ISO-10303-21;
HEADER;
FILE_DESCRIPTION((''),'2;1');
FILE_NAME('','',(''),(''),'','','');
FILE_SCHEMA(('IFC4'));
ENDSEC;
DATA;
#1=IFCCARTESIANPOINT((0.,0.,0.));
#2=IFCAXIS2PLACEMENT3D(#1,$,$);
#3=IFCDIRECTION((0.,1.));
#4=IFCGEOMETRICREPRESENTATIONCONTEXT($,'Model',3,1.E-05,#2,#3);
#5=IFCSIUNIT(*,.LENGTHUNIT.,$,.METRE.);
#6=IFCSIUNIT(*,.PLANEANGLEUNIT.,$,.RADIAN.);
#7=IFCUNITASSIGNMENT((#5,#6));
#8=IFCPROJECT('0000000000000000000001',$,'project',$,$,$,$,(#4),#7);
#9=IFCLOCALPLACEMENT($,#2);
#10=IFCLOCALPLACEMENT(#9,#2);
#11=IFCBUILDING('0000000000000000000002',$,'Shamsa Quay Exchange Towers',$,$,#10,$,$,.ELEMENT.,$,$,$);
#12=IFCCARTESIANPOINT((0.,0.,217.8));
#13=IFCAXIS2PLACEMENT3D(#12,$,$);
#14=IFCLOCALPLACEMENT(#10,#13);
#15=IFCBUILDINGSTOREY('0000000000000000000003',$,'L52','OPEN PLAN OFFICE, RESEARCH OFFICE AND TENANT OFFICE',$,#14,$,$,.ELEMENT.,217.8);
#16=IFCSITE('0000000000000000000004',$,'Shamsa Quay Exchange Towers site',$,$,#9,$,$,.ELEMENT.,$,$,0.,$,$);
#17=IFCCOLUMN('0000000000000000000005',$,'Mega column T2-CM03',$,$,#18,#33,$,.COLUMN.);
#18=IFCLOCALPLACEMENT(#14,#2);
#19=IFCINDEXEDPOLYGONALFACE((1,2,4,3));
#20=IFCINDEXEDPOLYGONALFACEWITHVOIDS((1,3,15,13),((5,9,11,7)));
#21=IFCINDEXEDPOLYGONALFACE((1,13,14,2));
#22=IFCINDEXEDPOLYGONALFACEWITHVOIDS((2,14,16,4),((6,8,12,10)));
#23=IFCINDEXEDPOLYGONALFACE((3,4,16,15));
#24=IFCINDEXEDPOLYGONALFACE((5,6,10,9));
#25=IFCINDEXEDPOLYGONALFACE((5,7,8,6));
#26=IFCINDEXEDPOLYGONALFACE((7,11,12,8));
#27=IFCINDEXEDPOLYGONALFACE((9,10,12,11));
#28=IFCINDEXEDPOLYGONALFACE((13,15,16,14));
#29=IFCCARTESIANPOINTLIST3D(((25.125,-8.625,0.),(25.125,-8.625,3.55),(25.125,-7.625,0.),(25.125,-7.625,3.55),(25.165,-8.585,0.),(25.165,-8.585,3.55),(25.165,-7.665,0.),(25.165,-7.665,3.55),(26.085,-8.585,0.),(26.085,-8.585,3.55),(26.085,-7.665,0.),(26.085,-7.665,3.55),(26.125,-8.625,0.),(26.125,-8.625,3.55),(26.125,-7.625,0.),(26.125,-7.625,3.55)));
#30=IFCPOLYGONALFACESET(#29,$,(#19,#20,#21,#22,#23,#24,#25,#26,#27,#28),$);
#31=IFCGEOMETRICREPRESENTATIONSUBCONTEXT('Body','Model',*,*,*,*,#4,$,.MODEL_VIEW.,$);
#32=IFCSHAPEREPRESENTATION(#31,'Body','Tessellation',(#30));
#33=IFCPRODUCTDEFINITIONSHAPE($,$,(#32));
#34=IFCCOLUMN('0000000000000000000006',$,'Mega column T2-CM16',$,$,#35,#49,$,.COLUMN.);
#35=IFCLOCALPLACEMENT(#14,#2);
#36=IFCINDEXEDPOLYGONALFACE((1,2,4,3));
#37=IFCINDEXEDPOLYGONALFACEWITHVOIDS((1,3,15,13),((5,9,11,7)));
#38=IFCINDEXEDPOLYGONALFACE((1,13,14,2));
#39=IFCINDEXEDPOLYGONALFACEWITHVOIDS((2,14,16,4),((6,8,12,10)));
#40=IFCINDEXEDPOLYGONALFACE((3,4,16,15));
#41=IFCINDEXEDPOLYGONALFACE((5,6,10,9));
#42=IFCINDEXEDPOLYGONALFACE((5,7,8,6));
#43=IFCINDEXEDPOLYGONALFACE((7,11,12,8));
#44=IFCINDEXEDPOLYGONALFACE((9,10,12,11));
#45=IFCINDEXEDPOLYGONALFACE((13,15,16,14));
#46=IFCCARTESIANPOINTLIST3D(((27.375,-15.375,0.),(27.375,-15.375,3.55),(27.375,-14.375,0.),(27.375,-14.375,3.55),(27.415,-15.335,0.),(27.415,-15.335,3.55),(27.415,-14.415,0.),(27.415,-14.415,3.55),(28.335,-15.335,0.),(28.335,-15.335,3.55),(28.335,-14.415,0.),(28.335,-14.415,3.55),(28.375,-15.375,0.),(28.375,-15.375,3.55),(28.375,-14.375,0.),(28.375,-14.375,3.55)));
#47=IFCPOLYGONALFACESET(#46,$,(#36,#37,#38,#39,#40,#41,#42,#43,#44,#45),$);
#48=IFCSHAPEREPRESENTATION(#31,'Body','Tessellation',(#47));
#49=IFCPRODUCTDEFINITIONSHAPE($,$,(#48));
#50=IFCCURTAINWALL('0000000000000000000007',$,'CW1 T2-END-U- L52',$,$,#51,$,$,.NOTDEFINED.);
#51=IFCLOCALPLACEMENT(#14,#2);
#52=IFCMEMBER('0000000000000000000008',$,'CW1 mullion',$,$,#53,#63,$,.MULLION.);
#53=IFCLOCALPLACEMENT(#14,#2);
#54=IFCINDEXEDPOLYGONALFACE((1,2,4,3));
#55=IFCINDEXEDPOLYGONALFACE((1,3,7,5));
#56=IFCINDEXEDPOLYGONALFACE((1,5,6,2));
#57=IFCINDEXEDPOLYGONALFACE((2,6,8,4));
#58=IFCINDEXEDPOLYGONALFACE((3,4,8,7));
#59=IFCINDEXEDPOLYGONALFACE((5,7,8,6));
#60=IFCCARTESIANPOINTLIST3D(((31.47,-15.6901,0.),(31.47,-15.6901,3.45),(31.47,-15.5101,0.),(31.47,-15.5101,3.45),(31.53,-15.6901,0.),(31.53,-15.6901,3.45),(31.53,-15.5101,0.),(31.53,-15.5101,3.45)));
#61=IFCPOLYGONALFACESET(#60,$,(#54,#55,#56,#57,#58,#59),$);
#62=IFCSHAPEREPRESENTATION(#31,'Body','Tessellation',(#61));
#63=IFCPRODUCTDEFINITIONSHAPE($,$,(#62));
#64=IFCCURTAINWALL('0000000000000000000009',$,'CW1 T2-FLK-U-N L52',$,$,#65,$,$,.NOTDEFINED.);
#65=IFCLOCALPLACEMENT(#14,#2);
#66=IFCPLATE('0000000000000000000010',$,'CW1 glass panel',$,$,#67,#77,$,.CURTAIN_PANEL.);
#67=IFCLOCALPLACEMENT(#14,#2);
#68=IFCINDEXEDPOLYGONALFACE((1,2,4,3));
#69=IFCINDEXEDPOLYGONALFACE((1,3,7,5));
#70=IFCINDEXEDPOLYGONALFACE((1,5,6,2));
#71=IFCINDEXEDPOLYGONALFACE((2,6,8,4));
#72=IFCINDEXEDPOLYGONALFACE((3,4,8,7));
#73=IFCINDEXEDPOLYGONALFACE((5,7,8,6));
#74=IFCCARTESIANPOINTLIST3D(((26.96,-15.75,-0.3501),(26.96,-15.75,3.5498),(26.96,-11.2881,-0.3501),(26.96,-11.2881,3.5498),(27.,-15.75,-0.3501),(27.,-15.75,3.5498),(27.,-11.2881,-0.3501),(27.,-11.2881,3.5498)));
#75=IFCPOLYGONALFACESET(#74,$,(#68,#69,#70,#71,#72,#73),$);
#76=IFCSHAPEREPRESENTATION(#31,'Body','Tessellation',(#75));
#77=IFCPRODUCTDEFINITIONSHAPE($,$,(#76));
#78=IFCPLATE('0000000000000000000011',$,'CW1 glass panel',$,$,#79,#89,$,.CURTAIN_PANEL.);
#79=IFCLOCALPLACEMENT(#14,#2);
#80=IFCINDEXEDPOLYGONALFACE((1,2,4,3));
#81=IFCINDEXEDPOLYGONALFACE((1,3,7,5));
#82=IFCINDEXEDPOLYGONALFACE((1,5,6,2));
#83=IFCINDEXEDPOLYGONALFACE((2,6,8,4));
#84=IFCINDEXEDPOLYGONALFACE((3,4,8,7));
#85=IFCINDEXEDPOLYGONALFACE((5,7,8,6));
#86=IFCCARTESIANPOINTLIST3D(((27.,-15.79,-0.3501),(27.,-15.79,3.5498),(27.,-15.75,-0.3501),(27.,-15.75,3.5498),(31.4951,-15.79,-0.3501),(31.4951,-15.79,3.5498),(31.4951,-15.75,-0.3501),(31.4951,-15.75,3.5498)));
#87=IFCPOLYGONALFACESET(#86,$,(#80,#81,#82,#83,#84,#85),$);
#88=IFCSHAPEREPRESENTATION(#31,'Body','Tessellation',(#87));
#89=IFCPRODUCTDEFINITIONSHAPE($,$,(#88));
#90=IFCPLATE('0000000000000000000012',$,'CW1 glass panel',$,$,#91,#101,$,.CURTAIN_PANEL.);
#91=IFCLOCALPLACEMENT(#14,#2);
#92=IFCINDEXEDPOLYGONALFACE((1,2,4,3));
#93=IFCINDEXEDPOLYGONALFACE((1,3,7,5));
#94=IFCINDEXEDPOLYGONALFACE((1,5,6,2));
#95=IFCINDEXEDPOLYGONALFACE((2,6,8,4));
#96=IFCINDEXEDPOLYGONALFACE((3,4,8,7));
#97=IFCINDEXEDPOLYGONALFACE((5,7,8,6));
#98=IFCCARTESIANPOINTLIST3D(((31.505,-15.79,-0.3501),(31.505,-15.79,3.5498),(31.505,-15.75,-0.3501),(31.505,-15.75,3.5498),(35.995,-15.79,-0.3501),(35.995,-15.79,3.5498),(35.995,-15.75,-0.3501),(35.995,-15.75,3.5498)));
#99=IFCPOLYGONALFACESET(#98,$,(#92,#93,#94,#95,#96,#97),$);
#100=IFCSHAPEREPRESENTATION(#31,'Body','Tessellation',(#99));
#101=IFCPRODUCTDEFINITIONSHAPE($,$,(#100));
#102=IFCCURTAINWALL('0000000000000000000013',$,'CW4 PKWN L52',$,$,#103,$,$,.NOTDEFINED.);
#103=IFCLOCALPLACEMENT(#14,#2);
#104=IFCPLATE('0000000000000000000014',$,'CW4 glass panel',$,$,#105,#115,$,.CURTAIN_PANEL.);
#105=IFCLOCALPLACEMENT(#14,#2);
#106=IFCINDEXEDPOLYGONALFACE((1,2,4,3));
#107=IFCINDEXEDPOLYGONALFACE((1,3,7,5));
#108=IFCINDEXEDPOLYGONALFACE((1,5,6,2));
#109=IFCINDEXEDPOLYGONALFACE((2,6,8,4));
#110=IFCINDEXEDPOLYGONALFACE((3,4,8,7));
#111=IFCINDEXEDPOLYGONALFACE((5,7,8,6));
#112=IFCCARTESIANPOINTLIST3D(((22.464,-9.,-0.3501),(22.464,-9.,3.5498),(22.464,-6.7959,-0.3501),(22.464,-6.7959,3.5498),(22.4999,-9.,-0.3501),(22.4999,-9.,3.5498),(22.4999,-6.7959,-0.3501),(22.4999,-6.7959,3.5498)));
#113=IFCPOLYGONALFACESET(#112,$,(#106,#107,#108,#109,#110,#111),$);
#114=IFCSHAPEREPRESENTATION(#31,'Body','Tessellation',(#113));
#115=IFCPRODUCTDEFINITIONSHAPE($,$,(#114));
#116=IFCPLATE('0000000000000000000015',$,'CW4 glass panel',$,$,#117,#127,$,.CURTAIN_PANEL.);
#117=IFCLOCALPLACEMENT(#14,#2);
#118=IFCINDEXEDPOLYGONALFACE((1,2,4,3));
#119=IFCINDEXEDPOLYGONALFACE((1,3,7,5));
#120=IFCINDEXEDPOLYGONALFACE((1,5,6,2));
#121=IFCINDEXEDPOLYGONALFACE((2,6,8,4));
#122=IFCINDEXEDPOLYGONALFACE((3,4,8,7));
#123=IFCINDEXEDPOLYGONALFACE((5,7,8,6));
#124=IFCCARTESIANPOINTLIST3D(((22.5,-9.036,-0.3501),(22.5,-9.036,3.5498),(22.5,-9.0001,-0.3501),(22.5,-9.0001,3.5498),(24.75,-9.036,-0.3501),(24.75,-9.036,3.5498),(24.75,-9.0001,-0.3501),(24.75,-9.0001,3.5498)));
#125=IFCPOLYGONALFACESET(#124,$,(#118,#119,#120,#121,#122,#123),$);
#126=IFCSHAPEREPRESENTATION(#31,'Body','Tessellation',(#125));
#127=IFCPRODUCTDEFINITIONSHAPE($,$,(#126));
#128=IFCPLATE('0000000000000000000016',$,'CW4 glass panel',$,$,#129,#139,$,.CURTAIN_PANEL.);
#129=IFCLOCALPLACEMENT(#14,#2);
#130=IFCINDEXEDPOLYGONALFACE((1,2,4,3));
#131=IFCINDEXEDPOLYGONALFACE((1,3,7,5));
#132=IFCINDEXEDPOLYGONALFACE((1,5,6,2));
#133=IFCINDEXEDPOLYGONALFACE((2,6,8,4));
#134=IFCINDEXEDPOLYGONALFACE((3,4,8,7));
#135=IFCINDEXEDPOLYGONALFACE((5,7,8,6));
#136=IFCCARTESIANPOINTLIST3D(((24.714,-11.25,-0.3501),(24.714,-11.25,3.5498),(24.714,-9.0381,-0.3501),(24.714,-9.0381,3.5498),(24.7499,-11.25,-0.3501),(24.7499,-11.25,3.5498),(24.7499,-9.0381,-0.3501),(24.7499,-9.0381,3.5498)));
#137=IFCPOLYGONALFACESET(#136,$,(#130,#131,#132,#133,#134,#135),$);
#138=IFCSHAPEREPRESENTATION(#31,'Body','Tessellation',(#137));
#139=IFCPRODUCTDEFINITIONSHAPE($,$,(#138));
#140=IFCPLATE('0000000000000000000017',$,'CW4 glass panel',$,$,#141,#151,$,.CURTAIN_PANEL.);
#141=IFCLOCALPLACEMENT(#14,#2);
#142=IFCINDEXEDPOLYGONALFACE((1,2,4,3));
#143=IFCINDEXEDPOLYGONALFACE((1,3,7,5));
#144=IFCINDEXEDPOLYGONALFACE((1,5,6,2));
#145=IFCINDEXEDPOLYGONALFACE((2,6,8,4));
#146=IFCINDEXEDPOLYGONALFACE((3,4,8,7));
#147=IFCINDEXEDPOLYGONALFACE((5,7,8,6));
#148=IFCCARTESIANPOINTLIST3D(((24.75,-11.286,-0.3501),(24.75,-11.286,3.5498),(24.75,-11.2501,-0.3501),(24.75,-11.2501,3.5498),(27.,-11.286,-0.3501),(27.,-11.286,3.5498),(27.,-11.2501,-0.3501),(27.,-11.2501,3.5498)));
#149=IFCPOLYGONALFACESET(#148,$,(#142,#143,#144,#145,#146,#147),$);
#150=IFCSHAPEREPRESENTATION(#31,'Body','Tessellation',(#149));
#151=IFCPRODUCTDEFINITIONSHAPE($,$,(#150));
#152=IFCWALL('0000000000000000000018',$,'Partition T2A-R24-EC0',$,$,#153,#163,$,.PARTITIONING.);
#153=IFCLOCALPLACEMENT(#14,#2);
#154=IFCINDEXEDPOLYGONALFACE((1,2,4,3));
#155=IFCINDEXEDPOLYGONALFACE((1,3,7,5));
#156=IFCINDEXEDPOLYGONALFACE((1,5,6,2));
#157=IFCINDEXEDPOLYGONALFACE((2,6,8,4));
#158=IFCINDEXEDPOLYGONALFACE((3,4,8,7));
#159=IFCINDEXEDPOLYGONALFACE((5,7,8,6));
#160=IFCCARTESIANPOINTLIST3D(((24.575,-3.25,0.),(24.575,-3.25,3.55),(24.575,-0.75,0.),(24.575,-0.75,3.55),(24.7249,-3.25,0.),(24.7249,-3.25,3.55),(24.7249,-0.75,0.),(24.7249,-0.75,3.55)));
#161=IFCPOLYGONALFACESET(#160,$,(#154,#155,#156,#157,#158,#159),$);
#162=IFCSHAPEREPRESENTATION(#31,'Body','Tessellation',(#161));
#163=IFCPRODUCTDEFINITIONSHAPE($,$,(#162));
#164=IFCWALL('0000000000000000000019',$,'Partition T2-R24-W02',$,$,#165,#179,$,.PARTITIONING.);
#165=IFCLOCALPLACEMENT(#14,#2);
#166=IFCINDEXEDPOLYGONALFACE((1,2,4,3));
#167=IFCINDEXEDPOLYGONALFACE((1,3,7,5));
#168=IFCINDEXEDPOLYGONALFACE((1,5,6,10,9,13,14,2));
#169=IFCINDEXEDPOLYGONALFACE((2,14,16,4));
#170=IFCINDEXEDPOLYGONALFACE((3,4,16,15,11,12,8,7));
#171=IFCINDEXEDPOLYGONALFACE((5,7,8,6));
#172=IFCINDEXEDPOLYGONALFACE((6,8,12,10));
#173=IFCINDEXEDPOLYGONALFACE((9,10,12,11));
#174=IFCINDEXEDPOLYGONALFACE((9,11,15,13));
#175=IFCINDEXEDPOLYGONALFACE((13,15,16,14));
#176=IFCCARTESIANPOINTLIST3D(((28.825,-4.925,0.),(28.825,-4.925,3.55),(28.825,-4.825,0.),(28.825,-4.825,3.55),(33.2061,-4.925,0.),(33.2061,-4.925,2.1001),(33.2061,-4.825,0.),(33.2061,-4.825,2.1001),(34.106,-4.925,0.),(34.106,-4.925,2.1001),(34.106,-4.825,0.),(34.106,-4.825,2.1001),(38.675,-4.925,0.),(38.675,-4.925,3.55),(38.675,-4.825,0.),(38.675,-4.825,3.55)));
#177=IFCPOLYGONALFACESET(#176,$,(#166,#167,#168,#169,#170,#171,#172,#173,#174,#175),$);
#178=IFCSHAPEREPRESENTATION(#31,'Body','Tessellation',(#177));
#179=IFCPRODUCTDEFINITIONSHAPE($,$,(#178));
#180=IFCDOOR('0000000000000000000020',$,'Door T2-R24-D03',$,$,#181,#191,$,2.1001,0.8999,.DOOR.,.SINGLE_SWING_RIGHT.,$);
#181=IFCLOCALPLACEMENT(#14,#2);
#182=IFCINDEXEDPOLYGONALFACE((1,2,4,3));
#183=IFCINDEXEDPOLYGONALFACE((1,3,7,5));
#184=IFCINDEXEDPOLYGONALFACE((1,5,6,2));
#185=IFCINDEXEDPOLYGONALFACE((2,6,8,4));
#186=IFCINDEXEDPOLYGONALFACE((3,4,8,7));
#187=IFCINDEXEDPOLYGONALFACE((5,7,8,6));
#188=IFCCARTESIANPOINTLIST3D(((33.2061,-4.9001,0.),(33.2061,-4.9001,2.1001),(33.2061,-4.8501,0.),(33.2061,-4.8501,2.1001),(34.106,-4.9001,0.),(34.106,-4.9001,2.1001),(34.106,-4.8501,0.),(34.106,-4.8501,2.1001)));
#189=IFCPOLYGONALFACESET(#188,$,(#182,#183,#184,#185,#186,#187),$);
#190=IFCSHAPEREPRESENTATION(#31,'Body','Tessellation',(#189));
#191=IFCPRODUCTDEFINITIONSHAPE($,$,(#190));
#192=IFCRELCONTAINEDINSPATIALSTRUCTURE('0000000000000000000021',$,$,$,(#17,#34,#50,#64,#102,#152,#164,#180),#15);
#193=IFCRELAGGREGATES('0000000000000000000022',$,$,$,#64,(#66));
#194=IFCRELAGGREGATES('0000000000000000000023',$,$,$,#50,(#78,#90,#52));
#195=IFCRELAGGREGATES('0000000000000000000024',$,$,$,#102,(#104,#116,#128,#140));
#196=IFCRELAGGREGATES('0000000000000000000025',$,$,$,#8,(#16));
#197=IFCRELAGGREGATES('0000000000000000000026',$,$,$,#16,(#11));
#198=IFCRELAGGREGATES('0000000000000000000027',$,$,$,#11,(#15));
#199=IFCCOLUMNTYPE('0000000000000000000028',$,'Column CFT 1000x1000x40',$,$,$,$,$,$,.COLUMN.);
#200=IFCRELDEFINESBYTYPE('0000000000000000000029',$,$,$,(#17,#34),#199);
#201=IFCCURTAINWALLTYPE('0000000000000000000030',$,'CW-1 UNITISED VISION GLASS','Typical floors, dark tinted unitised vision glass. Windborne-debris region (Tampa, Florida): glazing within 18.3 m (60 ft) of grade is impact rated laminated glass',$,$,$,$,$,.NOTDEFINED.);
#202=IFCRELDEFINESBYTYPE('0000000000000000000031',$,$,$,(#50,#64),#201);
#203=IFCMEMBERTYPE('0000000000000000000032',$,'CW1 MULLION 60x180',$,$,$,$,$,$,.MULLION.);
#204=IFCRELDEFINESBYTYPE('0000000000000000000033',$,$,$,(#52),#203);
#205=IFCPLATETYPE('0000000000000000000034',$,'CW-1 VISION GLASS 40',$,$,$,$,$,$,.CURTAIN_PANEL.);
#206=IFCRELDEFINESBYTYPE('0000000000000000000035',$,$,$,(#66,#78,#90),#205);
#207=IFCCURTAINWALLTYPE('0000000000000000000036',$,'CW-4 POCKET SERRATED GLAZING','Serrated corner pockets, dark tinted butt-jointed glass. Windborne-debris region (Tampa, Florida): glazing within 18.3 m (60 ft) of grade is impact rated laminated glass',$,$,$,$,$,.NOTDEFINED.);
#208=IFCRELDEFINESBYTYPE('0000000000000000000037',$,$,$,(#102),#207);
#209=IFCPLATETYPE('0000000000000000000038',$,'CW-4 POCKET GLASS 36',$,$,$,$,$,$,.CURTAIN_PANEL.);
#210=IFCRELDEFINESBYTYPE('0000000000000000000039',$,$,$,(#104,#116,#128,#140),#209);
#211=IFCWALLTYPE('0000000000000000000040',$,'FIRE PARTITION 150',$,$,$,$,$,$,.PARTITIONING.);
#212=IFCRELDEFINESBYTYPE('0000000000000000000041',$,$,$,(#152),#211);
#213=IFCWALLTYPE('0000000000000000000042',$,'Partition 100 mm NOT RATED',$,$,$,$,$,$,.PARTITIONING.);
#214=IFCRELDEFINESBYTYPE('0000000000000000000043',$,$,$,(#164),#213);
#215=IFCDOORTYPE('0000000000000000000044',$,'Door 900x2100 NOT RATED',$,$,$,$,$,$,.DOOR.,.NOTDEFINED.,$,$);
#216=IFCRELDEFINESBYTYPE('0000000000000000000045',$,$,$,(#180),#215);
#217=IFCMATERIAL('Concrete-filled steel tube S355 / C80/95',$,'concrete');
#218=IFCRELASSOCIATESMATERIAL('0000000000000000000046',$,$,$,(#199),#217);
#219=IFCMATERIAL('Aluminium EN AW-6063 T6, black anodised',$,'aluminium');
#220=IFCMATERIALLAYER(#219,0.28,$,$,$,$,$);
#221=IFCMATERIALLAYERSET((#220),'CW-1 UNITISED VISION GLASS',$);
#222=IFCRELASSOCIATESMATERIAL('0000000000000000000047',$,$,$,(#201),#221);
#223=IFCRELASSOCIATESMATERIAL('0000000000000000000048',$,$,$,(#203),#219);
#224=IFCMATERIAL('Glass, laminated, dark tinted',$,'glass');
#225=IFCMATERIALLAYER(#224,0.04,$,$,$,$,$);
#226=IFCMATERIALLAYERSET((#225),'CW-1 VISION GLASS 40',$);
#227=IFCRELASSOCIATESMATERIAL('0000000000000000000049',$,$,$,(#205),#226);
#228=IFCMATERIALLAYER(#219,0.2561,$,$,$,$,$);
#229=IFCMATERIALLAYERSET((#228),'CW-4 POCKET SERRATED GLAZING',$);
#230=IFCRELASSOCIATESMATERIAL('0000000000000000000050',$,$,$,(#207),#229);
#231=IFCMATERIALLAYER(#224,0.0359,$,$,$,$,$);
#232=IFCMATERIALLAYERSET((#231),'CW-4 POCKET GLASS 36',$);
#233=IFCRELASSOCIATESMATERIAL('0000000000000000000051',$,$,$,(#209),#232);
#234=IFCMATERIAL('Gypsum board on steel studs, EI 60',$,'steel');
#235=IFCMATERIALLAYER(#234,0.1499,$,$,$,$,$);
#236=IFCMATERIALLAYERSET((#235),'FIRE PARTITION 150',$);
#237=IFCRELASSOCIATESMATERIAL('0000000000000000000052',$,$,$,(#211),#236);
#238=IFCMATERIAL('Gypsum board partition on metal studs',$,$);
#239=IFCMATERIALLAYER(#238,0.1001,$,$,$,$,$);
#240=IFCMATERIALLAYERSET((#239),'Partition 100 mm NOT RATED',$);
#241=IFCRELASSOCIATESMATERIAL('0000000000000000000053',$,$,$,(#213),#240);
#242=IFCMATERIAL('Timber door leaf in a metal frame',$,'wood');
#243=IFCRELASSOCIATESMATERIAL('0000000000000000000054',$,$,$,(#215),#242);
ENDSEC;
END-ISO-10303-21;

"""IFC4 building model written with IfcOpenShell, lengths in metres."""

from ifc_helpers import new_model, si_unit, direction, frame, frame_2d, origin, origin_2d, place, context, subcontext, project, spatial, rectangle, hollow_rectangle, extrude, material, layer, layer_set, material_profile, profile_set, type_object, element, fill, aggregate, save


model = new_model("IFC4")

# Units and contexts
model_context = context("Model", 3, precision=1e-05, world=origin(), true_north=direction((0.0, 1.0)))
body_context = subcontext(model_context, "Body", "Model", "MODEL_VIEW")
ifc_project = project(units=[si_unit("LENGTHUNIT", "METRE"), si_unit("PLANEANGLEUNIT", "RADIAN")], contexts=[model_context])

# Site, building, storey
site_placement = place(None, origin())
site = spatial("IfcSite", under=ifc_project, at=site_placement, Name="Shamsa Quay Exchange Towers site", CompositionType="ELEMENT", RefElevation=0.0)
building_placement = place(site_placement, origin())
building = spatial("IfcBuilding", under=site, at=building_placement, Name="Shamsa Quay Exchange Towers", CompositionType="ELEMENT")
storey_placement = place(building_placement, frame((0.0, 0.0, 217.8)))
storey = spatial("IfcBuildingStorey", under=building, at=storey_placement, Name="L52", Description="OPEN PLAN OFFICE, RESEARCH OFFICE AND TENANT OFFICE", CompositionType="ELEMENT", Elevation=217.8)

# Columns
ifc_material_1 = material(Name="Concrete-filled steel tube S355 / C80/95", Category="concrete")
ifc_material_profile_1 = material_profile(ifc_material_1, hollow_rectangle(XDim=1.0, YDim=1.0, WallThickness=0.04, at=origin_2d()), Name="CFT 1000x1000x40")
ifc_profile_set_1 = profile_set([ifc_material_profile_1], Name="Concrete-filled steel tube S355 / C80/95")
column_type = type_object("IfcColumnType", Name="Column CFT 1000x1000x40", PredefinedType="COLUMN", material=ifc_profile_set_1)
for number, where, name in (
    (1, (25.625, -8.125, 0.0), "Mega column T2-CM03"),
    (2, (27.875, -14.875, 0.0), "Mega column T2-CM16"),
):
    element("IfcColumn", number, at=place(storey_placement, frame(where)), inside=storey, type_object=column_type, Name=name, PredefinedType="COLUMN", context=body_context, shape_type="SweptSolid", body=[
        extrude(hollow_rectangle(XDim=1.0, YDim=1.0, WallThickness=0.04, at=origin_2d()), origin(), (0.0, 0.0, 1.0), 3.55),
    ])

# Curtain wall, member
ifc_material_2 = material(Name="Aluminium EN AW-6063 T6, black anodised", Category="aluminium")
ifc_layer_1 = layer(ifc_material_2, 0.28)
ifc_layer_set_1 = layer_set([ifc_layer_1], Name="CW-1 UNITISED VISION GLASS")
curtain_wall_type_1 = type_object("IfcCurtainWallType", Name="CW-1 UNITISED VISION GLASS", Description="Typical floors, dark tinted unitised vision glass. Windborne-debris region (Tampa, Florida): glazing within 18.3 m (60 ft) of grade is impact rated laminated glass", PredefinedType="NOTDEFINED", material=ifc_layer_set_1)
curtain_wall_1_placement = place(storey_placement, origin())
curtain_wall_1 = element("IfcCurtainWall", 3, at=curtain_wall_1_placement, inside=storey, type_object=curtain_wall_type_1, Name="CW1 T2-END-U- L52", PredefinedType="NOTDEFINED")
ifc_material_profile_2 = material_profile(ifc_material_2, rectangle(XDim=0.1799, YDim=0.0601, at=origin_2d()), Name="MU60x180")
ifc_profile_set_2 = profile_set([ifc_material_profile_2], Name="Aluminium EN AW-6063 T6, black anodised")
member_type = type_object("IfcMemberType", Name="CW1 MULLION 60x180", PredefinedType="MULLION", material=ifc_profile_set_2)
member_placement = place(storey_placement, frame((31.5, -15.6001, 0.0), z_axis=(0.0, 0.0, 1.0), x_axis=(0.0, 1.0, 0.0)))
member = element("IfcMember", 4, at=member_placement, type_object=member_type, Name="CW1 mullion", PredefinedType="MULLION", context=body_context, shape_type="SweptSolid", body=[
    extrude(rectangle(XDim=0.1799, YDim=0.0601, at=origin_2d()), origin(), (0.0, 0.0, 1.0), 3.45),
])

# Curtain wall, plate
curtain_wall_2_placement = place(storey_placement, origin())
curtain_wall_2 = element("IfcCurtainWall", 5, at=curtain_wall_2_placement, inside=storey, type_object=curtain_wall_type_1, Name="CW1 T2-FLK-U-N L52", PredefinedType="NOTDEFINED")
ifc_material_3 = material(Name="Glass, laminated, dark tinted", Category="glass")
ifc_layer_2 = layer(ifc_material_3, 0.04)
ifc_layer_set_2 = layer_set([ifc_layer_2], Name="CW-1 VISION GLASS 40")
plate_type_1 = type_object("IfcPlateType", Name="CW-1 VISION GLASS 40", PredefinedType="CURTAIN_PANEL", material=ifc_layer_set_2)
plate_1_placement = place(storey_placement, frame((26.98, -13.519, -0.3501), z_axis=(0.0, 0.0, 1.0), x_axis=(0.0, -1.0, 0.0)))
plate_1 = element("IfcPlate", 6, at=plate_1_placement, type_object=plate_type_1, Name="CW1 glass panel", PredefinedType="CURTAIN_PANEL", context=body_context, shape_type="SweptSolid", body=[
    extrude(rectangle(XDim=4.4619, YDim=0.04, at=origin_2d()), origin(), (0.0, 0.0, 1.0), 3.8999),
])
aggregate(curtain_wall_2, [plate_1])

# Plates
plate_2_placement = place(storey_placement, frame((29.2476, -15.77, -0.3501)))
plate_2 = element("IfcPlate", 7, at=plate_2_placement, type_object=plate_type_1, Name="CW1 glass panel", PredefinedType="CURTAIN_PANEL", context=body_context, shape_type="SweptSolid", body=[
    extrude(rectangle(XDim=4.4951, YDim=0.04, at=origin_2d()), origin(), (0.0, 0.0, 1.0), 3.8999),
])
plate_3_placement = place(storey_placement, frame((33.75, -15.77, -0.3501)))
plate_3 = element("IfcPlate", 8, at=plate_3_placement, type_object=plate_type_1, Name="CW1 glass panel", PredefinedType="CURTAIN_PANEL", context=body_context, shape_type="SweptSolid", body=[
    extrude(rectangle(XDim=4.49, YDim=0.04, at=origin_2d()), origin(), (0.0, 0.0, 1.0), 3.8999),
])
aggregate(curtain_wall_1, [plate_2, plate_3, member])

# Curtain wall, plates
ifc_layer_3 = layer(ifc_material_2, 0.2561)
ifc_layer_set_3 = layer_set([ifc_layer_3], Name="CW-4 POCKET SERRATED GLAZING")
curtain_wall_type_2 = type_object("IfcCurtainWallType", Name="CW-4 POCKET SERRATED GLAZING", Description="Serrated corner pockets, dark tinted butt-jointed glass. Windborne-debris region (Tampa, Florida): glazing within 18.3 m (60 ft) of grade is impact rated laminated glass", PredefinedType="NOTDEFINED", material=ifc_layer_set_3)
curtain_wall_3_placement = place(storey_placement, origin())
curtain_wall_3 = element("IfcCurtainWall", 9, at=curtain_wall_3_placement, inside=storey, type_object=curtain_wall_type_2, Name="CW4 PKWN L52", PredefinedType="NOTDEFINED")
ifc_layer_4 = layer(ifc_material_3, 0.0359)
ifc_layer_set_4 = layer_set([ifc_layer_4], Name="CW-4 POCKET GLASS 36")
plate_type_2 = type_object("IfcPlateType", Name="CW-4 POCKET GLASS 36", PredefinedType="CURTAIN_PANEL", material=ifc_layer_set_4)
plate_4_placement = place(storey_placement, frame((22.4819, -7.8979, -0.3501), z_axis=(0.0, 0.0, 1.0), x_axis=(0.0, -1.0, 0.0)))
plate_4 = element("IfcPlate", 10, at=plate_4_placement, type_object=plate_type_2, Name="CW4 glass panel", PredefinedType="CURTAIN_PANEL", context=body_context, shape_type="SweptSolid", body=[
    extrude(rectangle(XDim=2.2041, YDim=0.0359, at=origin_2d()), origin(), (0.0, 0.0, 1.0), 3.8999),
])
plate_5_placement = place(storey_placement, frame((23.625, -9.0181, -0.3501)))
plate_5 = element("IfcPlate", 11, at=plate_5_placement, type_object=plate_type_2, Name="CW4 glass panel", PredefinedType="CURTAIN_PANEL", context=body_context, shape_type="SweptSolid", body=[
    extrude(rectangle(XDim=2.25, YDim=0.0359, at=origin_2d()), origin(), (0.0, 0.0, 1.0), 3.8999),
])
plate_6_placement = place(storey_placement, frame((24.7319, -10.144, -0.3501), z_axis=(0.0, 0.0, 1.0), x_axis=(0.0, -1.0, 0.0)))
plate_6 = element("IfcPlate", 12, at=plate_6_placement, type_object=plate_type_2, Name="CW4 glass panel", PredefinedType="CURTAIN_PANEL", context=body_context, shape_type="SweptSolid", body=[
    extrude(rectangle(XDim=2.2119, YDim=0.0359, at=origin_2d()), origin(), (0.0, 0.0, 1.0), 3.8999),
])
plate_7_placement = place(storey_placement, frame((25.875, -11.2681, -0.3501)))
plate_7 = element("IfcPlate", 13, at=plate_7_placement, type_object=plate_type_2, Name="CW4 glass panel", PredefinedType="CURTAIN_PANEL", context=body_context, shape_type="SweptSolid", body=[
    extrude(rectangle(XDim=2.25, YDim=0.0359, at=origin_2d()), origin(), (0.0, 0.0, 1.0), 3.8999),
])
aggregate(curtain_wall_3, [plate_4, plate_5, plate_6, plate_7])

# Wall
ifc_material_4 = material(Name="Gypsum board on steel studs, EI 60", Category="steel")
ifc_layer_5 = layer(ifc_material_4, 0.1499)
ifc_layer_set_5 = layer_set([ifc_layer_5], Name="FIRE PARTITION 150")
wall_type_1 = type_object("IfcWallType", Name="FIRE PARTITION 150", PredefinedType="PARTITIONING", material=ifc_layer_set_5)
wall_1_placement = place(storey_placement, frame((24.6499, -3.25, 0.0), z_axis=(0.0, 0.0, 1.0), x_axis=(0.0, 1.0, 0.0)))
element("IfcWall", 14, at=wall_1_placement, inside=storey, type_object=wall_type_1, Name="Partition T2A-R24-EC0", PredefinedType="PARTITIONING", context=body_context, shape_type="SweptSolid", body=[
    extrude(rectangle(XDim=2.5, YDim=0.1499, at=frame_2d((1.25, 0.0))), origin(), (0.0, 0.0, 1.0), 3.55),
])

# Wall, opening, door
ifc_material_5 = material(Name="Gypsum board partition on metal studs")
ifc_layer_6 = layer(ifc_material_5, 0.1001)
ifc_layer_set_6 = layer_set([ifc_layer_6], Name="Partition 100 mm NOT RATED")
wall_type_2 = type_object("IfcWallType", Name="Partition 100 mm NOT RATED", PredefinedType="PARTITIONING", material=ifc_layer_set_6)
wall_2_placement = place(storey_placement, frame((28.825, -4.875, 0.0)))
wall_2 = element("IfcWall", 15, at=wall_2_placement, inside=storey, type_object=wall_type_2, Name="Partition T2-R24-W02", PredefinedType="PARTITIONING", context=body_context, shape_type="SweptSolid", body=[
    extrude(rectangle(XDim=9.8501, YDim=0.1001, at=frame_2d((4.925, 0.0))), origin(), (0.0, 0.0, 1.0), 3.55),
])
opening_1_placement = place(wall_2_placement, frame((4.3811, 0.0, 0.0)))
opening_1 = element("IfcOpeningElement", 16, at=opening_1_placement, cuts=wall_2, PredefinedType="OPENING", context=body_context, shape_type="SweptSolid", body=[
    extrude(rectangle(XDim=0.8999, YDim=2.1001, at=frame_2d((0.45, 1.05))), frame((0.0, 0.0601, 0.0), z_axis=(0.0, -1.0, 0.0), x_axis=(1.0, 0.0, 0.0)), (0.0, 0.0, 1.0), 0.1201),
])
ifc_material_6 = material(Name="Timber door leaf in a metal frame", Category="wood")
door_type_1 = type_object("IfcDoorType", Name="Door 900x2100 NOT RATED", OperationType="NOTDEFINED", PredefinedType="DOOR", material=ifc_material_6)
door_1_placement = place(opening_1_placement, origin())
door_1 = element("IfcDoor", 17, at=door_1_placement, inside=storey, type_object=door_type_1, Name="Door T2-R24-D03", OperationType="SINGLE_SWING_RIGHT", OverallHeight=2.1001, OverallWidth=0.8999, PredefinedType="DOOR", context=body_context, shape_type="SweptSolid", body=[
    extrude(rectangle(XDim=0.8999, YDim=2.1001, at=frame_2d((0.45, 1.05))), frame((0.0, 0.0249, 0.0), z_axis=(0.0, -1.0, 0.0), x_axis=(1.0, 0.0, 0.0)), (0.0, 0.0, 1.0), 0.05),
])
fill(opening_1, door_1)

save(model, "model.ifc")
